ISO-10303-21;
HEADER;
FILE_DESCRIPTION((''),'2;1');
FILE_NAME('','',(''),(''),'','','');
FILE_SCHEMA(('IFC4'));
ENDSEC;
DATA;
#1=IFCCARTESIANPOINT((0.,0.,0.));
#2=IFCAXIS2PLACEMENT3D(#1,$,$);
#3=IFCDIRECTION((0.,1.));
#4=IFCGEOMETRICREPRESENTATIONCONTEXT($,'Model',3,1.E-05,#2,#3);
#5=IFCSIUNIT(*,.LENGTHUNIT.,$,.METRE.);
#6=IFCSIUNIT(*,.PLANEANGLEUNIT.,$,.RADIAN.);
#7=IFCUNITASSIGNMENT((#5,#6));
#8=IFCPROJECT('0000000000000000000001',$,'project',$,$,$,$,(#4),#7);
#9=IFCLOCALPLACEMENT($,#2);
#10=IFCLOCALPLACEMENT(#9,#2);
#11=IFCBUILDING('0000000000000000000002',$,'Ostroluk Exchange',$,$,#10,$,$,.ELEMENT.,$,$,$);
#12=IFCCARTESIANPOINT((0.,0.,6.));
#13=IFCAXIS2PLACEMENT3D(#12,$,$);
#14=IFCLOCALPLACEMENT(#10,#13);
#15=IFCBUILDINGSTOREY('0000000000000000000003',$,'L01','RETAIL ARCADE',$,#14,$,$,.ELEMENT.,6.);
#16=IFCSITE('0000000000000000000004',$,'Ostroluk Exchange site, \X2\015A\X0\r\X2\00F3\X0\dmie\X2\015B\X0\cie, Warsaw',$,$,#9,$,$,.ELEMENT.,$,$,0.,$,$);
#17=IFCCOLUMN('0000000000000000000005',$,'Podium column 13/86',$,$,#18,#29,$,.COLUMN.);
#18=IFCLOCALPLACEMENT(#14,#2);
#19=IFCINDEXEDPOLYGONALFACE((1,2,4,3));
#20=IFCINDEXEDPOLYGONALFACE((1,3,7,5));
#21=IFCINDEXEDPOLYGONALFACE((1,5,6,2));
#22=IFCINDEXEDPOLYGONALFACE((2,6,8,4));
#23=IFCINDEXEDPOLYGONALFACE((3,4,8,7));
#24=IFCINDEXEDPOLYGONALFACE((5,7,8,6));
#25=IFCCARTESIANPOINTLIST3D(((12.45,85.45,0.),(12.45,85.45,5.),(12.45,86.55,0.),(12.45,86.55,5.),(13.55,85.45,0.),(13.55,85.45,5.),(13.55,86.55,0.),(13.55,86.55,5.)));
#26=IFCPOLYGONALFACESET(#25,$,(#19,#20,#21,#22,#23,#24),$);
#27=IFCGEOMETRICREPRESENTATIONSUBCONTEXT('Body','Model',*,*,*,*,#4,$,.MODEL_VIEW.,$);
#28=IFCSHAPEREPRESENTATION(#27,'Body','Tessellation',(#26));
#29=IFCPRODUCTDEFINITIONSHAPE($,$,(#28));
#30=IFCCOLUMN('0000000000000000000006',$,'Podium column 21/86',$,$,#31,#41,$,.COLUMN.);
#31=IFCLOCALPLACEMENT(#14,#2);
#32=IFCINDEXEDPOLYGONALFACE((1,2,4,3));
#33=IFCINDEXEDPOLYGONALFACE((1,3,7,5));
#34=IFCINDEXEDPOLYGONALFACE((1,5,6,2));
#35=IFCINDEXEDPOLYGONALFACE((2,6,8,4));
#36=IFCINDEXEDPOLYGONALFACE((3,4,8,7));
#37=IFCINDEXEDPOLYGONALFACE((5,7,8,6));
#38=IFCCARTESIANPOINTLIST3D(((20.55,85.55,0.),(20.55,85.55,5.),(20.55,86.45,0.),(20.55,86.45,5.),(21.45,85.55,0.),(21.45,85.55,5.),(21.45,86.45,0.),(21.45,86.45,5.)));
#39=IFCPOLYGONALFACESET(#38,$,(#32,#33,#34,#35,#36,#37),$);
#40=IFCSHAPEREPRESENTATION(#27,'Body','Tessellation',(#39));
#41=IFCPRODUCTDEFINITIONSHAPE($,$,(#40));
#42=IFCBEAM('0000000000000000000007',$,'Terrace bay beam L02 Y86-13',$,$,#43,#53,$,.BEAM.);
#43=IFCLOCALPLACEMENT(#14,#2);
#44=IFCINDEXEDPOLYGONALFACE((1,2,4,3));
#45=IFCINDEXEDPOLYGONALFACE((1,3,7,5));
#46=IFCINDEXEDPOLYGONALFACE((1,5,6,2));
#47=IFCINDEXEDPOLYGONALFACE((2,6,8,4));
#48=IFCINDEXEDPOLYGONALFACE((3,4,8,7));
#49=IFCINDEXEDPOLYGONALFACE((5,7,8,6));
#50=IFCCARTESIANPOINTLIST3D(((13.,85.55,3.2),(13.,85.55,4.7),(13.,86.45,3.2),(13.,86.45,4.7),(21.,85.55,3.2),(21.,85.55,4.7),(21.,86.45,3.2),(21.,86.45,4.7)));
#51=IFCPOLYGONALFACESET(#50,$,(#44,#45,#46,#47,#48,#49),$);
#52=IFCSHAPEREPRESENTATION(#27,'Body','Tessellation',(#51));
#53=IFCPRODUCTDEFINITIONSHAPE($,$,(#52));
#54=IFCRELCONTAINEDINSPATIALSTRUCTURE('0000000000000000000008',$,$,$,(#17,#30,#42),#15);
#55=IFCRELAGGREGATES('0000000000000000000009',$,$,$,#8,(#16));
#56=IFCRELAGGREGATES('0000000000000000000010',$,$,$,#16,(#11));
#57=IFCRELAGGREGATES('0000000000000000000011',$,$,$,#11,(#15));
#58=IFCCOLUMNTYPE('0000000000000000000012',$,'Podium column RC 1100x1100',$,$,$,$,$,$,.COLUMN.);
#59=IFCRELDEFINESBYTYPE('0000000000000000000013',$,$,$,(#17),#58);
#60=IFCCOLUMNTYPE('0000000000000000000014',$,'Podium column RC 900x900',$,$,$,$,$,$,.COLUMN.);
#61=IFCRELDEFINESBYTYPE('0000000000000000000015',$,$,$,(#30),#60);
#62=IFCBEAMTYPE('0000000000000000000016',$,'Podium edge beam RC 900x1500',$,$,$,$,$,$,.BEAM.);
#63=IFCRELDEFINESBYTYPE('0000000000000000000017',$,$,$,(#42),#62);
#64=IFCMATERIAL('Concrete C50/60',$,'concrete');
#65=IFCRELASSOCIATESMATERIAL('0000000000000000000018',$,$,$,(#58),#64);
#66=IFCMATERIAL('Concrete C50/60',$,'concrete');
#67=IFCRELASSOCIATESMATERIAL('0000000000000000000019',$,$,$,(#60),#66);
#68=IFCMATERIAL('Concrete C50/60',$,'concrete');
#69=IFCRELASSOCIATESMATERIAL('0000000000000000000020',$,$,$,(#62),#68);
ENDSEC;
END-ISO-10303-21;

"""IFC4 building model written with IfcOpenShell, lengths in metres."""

from ifc_helpers import new_model, si_unit, direction, frame, origin, origin_2d, place, context, subcontext, project, spatial, rectangle, extrude, material, material_profile, profile_set, type_object, element, save


model = new_model("IFC4")

# Units and contexts
model_context = context("Model", 3, precision=1e-05, world=origin(), true_north=direction((0.0, 1.0)))
body_context = subcontext(model_context, "Body", "Model", "MODEL_VIEW")
ifc_project = project(units=[si_unit("LENGTHUNIT", "METRE"), si_unit("PLANEANGLEUNIT", "RADIAN")], contexts=[model_context])

# Site, building, storey
site_placement = place(None, origin())
site = spatial("IfcSite", under=ifc_project, at=site_placement, Name="Ostroluk Exchange site, Śródmieście, Warsaw", CompositionType="ELEMENT", RefElevation=0.0)
building_placement = place(site_placement, origin())
building = spatial("IfcBuilding", under=site, at=building_placement, Name="Ostroluk Exchange", CompositionType="ELEMENT")
storey_placement = place(building_placement, frame((0.0, 0.0, 6.0)))
storey = spatial("IfcBuildingStorey", under=building, at=storey_placement, Name="L01", Description="RETAIL ARCADE", CompositionType="ELEMENT", Elevation=6.0)

# Columns
ifc_material_1 = material(Name="Concrete C50/60", Category="concrete")
ifc_material_profile_1 = material_profile(ifc_material_1, rectangle(XDim=1.1001, YDim=1.1001, at=origin_2d()), Name="RC 1100x1100")
ifc_profile_set_1 = profile_set([ifc_material_profile_1], Name="Concrete C50/60")
column_type_1 = type_object("IfcColumnType", Name="Podium column RC 1100x1100", PredefinedType="COLUMN", material=ifc_profile_set_1)
column_1_placement = place(storey_placement, frame((13.0, 86.0, 0.0), z_axis=(0.0, 0.0, 1.0), x_axis=(1.0, 0.0, 0.0)))
element("IfcColumn", 1, at=column_1_placement, inside=storey, type_object=column_type_1, Name="Podium column 13/86", PredefinedType="COLUMN", context=body_context, shape_type="SweptSolid", body=[
    extrude(rectangle(XDim=1.1001, YDim=1.1001, at=origin_2d()), origin(), (0.0, 0.0, 1.0), 5.0),
])
ifc_material_2 = material(Name="Concrete C50/60", Category="concrete")
ifc_material_profile_2 = material_profile(ifc_material_2, rectangle(XDim=0.8999, YDim=0.8999, at=origin_2d()), Name="RC 900x900")
ifc_profile_set_2 = profile_set([ifc_material_profile_2], Name="Concrete C50/60")
column_type_2 = type_object("IfcColumnType", Name="Podium column RC 900x900", PredefinedType="COLUMN", material=ifc_profile_set_2)
column_2_placement = place(storey_placement, frame((21.0, 86.0, 0.0), z_axis=(0.0, 0.0, 1.0), x_axis=(1.0, 0.0, 0.0)))
element("IfcColumn", 2, at=column_2_placement, inside=storey, type_object=column_type_2, Name="Podium column 21/86", PredefinedType="COLUMN", context=body_context, shape_type="SweptSolid", body=[
    extrude(rectangle(XDim=0.8999, YDim=0.8999, at=origin_2d()), origin(), (0.0, 0.0, 1.0), 5.0),
])

# Beam
ifc_material_3 = material(Name="Concrete C50/60", Category="concrete")
ifc_material_profile_3 = material_profile(ifc_material_3, rectangle(XDim=0.8999, YDim=1.5, at=origin_2d()), Name="RC 900x1500")
ifc_profile_set_3 = profile_set([ifc_material_profile_3], Name="Concrete C50/60")
beam_type = type_object("IfcBeamType", Name="Podium edge beam RC 900x1500", PredefinedType="BEAM", material=ifc_profile_set_3)
beam_placement = place(storey_placement, frame((13.0, 86.0, 3.95), z_axis=(1.0, 0.0, 0.0), x_axis=(0.0, 1.0, 0.0)))
element("IfcBeam", 3, at=beam_placement, inside=storey, type_object=beam_type, Name="Terrace bay beam L02 Y86-13", PredefinedType="BEAM", context=body_context, shape_type="SweptSolid", body=[
    extrude(rectangle(XDim=0.8999, YDim=1.5, at=origin_2d()), origin(), (0.0, 0.0, 1.0), 8.0),
])

save(model, "model.ifc")
